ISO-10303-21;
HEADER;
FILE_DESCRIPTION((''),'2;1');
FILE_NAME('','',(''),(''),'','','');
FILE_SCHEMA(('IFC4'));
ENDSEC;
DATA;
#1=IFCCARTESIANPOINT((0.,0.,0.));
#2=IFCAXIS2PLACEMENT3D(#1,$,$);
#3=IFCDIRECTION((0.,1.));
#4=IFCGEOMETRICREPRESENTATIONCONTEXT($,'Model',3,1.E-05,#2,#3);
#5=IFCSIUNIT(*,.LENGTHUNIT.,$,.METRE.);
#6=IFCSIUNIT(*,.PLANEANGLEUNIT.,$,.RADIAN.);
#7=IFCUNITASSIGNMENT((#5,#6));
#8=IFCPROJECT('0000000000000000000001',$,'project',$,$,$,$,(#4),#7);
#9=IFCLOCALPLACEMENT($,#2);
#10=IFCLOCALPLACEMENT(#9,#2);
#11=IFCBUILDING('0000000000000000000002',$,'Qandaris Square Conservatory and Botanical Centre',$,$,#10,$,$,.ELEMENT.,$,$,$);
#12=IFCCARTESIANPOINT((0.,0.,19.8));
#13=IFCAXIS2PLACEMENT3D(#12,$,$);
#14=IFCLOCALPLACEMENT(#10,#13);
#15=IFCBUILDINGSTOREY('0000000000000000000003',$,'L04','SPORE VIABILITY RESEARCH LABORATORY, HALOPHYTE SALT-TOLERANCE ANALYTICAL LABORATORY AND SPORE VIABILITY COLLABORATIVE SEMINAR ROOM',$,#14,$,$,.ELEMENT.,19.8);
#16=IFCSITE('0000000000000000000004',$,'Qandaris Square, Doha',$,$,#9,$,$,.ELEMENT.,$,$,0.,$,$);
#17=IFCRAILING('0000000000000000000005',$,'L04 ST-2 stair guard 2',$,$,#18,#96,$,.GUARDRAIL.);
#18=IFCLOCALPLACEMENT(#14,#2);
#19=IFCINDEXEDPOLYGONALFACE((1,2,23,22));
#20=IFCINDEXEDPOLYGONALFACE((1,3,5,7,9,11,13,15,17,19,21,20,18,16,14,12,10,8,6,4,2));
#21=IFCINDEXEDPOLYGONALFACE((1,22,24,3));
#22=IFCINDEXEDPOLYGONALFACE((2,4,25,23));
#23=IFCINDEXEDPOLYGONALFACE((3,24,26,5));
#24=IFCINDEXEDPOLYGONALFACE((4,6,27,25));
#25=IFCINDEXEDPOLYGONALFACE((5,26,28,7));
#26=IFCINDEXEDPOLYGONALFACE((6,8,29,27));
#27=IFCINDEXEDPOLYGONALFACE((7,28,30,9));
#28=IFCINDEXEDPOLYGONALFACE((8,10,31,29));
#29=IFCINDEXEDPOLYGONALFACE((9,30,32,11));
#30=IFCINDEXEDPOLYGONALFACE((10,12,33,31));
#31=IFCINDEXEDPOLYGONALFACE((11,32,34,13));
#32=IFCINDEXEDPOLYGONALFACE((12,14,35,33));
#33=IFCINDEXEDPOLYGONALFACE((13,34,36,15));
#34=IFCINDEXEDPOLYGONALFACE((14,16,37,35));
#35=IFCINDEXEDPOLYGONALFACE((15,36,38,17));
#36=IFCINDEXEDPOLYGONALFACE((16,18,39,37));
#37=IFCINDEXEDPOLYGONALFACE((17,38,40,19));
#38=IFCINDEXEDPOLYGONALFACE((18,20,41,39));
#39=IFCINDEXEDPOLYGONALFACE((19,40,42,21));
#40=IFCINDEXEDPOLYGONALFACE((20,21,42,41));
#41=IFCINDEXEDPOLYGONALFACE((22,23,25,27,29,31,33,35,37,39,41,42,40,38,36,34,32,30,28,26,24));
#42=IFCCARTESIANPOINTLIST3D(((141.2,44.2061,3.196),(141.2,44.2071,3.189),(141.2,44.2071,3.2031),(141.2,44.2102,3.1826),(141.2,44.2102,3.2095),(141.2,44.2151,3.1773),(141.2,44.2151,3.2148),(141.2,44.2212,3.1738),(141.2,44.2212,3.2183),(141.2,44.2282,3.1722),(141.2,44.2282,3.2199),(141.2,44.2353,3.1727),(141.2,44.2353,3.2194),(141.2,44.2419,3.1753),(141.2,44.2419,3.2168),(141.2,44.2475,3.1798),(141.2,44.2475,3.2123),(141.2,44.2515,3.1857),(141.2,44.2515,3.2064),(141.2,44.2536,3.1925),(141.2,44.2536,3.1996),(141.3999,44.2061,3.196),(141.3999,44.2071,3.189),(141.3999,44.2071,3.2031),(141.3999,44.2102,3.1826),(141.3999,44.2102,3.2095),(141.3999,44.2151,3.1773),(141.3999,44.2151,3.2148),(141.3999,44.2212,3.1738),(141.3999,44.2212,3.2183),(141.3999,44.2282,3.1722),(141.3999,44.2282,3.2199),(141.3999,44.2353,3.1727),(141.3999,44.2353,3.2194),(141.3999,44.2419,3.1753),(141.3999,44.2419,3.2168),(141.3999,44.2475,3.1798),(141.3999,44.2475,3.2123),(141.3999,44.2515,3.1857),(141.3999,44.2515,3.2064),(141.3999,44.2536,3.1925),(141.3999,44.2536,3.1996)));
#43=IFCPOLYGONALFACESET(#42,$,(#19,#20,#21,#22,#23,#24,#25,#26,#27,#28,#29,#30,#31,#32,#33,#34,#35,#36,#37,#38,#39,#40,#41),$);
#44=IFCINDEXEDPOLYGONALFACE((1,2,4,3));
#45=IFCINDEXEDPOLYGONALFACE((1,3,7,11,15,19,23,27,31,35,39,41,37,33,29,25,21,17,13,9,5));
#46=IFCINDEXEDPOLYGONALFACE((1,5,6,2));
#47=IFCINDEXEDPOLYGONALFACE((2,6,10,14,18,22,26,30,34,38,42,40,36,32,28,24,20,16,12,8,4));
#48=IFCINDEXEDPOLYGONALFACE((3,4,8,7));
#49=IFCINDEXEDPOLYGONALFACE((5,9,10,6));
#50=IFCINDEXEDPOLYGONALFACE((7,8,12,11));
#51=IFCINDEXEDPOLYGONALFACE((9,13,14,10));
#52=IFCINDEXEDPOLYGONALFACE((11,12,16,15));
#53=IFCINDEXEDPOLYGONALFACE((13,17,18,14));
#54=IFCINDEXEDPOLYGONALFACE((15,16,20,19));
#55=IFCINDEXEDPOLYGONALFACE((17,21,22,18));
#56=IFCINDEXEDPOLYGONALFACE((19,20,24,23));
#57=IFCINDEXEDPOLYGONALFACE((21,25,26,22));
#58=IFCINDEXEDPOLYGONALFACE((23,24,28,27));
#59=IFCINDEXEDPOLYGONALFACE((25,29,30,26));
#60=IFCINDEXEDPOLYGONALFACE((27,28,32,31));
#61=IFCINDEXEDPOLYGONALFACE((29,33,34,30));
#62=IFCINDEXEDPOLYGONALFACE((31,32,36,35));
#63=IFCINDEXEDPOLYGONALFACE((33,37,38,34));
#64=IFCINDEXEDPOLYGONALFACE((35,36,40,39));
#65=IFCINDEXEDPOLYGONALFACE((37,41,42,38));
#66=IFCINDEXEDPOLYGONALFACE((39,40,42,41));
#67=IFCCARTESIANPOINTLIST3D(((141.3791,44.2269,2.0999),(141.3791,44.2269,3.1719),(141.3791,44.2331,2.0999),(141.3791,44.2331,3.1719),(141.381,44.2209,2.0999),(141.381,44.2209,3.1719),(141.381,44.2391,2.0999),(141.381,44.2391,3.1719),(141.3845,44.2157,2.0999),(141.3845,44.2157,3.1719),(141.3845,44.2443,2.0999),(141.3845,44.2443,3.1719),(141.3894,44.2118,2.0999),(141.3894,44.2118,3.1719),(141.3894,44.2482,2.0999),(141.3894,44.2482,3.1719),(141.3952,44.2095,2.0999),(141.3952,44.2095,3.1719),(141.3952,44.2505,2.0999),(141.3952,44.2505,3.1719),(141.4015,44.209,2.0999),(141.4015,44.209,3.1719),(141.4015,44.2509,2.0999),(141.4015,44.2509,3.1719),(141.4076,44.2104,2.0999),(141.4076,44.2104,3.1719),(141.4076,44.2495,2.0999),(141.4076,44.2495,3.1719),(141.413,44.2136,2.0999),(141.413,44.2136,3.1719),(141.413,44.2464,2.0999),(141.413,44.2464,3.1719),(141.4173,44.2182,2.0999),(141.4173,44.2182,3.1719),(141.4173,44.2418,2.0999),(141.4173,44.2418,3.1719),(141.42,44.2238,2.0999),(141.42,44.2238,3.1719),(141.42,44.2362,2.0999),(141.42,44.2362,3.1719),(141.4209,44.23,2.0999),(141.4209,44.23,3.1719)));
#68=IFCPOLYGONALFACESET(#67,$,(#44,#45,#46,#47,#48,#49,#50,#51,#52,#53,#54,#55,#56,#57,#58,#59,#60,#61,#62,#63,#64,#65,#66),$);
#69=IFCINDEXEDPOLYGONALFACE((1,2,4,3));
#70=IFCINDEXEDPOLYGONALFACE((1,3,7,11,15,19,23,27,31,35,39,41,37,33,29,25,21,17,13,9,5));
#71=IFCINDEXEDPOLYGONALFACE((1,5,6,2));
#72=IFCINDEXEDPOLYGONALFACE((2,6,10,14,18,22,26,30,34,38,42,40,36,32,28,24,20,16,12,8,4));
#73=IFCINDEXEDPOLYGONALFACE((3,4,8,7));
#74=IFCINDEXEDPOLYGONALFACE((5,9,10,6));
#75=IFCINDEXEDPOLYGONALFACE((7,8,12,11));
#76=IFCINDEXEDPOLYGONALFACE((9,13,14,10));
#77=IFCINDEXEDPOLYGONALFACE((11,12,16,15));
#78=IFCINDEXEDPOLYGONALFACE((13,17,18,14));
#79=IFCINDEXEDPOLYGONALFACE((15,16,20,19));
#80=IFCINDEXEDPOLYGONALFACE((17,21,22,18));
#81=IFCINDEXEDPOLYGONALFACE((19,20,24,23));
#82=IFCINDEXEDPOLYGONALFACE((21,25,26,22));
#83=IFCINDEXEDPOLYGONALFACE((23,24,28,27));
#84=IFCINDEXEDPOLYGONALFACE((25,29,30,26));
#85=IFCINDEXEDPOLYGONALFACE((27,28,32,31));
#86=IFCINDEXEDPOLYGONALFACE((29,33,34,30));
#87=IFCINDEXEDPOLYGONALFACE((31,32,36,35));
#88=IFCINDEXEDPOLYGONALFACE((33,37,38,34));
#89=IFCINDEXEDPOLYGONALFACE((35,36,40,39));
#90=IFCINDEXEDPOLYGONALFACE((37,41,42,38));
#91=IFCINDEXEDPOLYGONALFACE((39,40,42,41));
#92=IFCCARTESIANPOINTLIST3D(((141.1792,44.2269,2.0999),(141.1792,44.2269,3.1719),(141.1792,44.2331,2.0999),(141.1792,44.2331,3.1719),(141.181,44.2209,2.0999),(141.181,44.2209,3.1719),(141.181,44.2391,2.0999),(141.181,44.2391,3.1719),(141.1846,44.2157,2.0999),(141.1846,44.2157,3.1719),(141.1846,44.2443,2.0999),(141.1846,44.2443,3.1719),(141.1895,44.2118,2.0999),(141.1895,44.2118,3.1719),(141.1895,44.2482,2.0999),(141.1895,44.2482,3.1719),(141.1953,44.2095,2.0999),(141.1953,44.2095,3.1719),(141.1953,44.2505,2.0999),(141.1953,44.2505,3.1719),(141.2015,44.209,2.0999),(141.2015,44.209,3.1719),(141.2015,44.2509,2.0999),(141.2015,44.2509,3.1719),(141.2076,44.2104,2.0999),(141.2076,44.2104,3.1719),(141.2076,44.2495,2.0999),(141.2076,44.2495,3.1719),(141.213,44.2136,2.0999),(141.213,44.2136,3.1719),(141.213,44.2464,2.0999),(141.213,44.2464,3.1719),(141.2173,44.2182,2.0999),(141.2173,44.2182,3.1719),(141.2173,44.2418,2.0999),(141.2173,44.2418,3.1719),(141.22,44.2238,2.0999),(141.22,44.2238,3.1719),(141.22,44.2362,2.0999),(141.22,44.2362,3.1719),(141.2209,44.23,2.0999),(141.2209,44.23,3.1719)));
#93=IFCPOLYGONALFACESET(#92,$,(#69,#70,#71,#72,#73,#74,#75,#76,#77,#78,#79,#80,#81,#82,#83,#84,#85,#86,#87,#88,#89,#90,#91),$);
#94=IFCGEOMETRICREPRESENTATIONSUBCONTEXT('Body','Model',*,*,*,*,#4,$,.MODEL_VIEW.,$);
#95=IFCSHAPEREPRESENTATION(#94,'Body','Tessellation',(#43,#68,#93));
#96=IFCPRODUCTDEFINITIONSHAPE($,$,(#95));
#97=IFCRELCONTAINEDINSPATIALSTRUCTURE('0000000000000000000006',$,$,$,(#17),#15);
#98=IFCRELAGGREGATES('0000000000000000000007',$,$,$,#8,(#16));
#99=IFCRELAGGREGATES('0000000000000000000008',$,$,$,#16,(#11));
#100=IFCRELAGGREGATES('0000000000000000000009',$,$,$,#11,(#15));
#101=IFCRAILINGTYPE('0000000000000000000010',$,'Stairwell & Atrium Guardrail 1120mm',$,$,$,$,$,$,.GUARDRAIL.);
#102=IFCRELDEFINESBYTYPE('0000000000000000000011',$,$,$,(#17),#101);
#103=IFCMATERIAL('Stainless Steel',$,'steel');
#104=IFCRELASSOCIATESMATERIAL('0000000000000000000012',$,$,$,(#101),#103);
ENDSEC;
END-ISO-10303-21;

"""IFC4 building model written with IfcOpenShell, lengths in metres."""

from ifc_helpers import new_model, si_unit, direction, frame, origin, origin_2d, place, context, subcontext, project, spatial, circle, extrude, material, type_object, element, save


model = new_model("IFC4")

# Units and contexts
model_context = context("Model", 3, precision=1e-05, world=origin(), true_north=direction((0.0, 1.0)))
body_context = subcontext(model_context, "Body", "Model", "MODEL_VIEW")
ifc_project = project(units=[si_unit("LENGTHUNIT", "METRE"), si_unit("PLANEANGLEUNIT", "RADIAN")], contexts=[model_context])

# Site, building, storey
site_placement = place(None, origin())
site = spatial("IfcSite", under=ifc_project, at=site_placement, Name="Qandaris Square, Doha", CompositionType="ELEMENT", RefElevation=0.0)
building_placement = place(site_placement, origin())
building = spatial("IfcBuilding", under=site, at=building_placement, Name="Qandaris Square Conservatory and Botanical Centre", CompositionType="ELEMENT")
storey_placement = place(building_placement, frame((0.0, 0.0, 19.8)))
storey = spatial("IfcBuildingStorey", under=building, at=storey_placement, Name="L04", Description="SPORE VIABILITY RESEARCH LABORATORY, HALOPHYTE SALT-TOLERANCE ANALYTICAL LABORATORY AND SPORE VIABILITY COLLABORATIVE SEMINAR ROOM", CompositionType="ELEMENT", Elevation=19.8)

# Railing
ifc_material_1 = material(Name="Stainless Steel", Category="steel")
railing_type_1 = type_object("IfcRailingType", Name="Stairwell & Atrium Guardrail 1120mm", PredefinedType="GUARDRAIL", material=ifc_material_1)
railing_1_placement = place(storey_placement, frame((141.3999, 44.23, 2.0999)))
element("IfcRailing", 1, at=railing_1_placement, inside=storey, type_object=railing_type_1, Name="L04 ST-2 stair guard 2", PredefinedType="GUARDRAIL", context=body_context, shape_type="SweptSolid", body=[
    extrude(circle(Radius=0.0239, at=origin_2d()), frame((0.0, 0.0, 1.0962), z_axis=(-1.0, 0.0, 0.0), x_axis=(0.0, -1.0, 0.0)), (0.0, 0.0, 1.0), 0.2),
    extrude(circle(Radius=0.021, at=origin_2d()), origin(), (0.0, 0.0, 1.0), 1.072),
    extrude(circle(Radius=0.021, at=origin_2d()), frame((-0.2, 0.0, 0.0)), (0.0, 0.0, 1.0), 1.072),
])

save(model, "model.ifc")
